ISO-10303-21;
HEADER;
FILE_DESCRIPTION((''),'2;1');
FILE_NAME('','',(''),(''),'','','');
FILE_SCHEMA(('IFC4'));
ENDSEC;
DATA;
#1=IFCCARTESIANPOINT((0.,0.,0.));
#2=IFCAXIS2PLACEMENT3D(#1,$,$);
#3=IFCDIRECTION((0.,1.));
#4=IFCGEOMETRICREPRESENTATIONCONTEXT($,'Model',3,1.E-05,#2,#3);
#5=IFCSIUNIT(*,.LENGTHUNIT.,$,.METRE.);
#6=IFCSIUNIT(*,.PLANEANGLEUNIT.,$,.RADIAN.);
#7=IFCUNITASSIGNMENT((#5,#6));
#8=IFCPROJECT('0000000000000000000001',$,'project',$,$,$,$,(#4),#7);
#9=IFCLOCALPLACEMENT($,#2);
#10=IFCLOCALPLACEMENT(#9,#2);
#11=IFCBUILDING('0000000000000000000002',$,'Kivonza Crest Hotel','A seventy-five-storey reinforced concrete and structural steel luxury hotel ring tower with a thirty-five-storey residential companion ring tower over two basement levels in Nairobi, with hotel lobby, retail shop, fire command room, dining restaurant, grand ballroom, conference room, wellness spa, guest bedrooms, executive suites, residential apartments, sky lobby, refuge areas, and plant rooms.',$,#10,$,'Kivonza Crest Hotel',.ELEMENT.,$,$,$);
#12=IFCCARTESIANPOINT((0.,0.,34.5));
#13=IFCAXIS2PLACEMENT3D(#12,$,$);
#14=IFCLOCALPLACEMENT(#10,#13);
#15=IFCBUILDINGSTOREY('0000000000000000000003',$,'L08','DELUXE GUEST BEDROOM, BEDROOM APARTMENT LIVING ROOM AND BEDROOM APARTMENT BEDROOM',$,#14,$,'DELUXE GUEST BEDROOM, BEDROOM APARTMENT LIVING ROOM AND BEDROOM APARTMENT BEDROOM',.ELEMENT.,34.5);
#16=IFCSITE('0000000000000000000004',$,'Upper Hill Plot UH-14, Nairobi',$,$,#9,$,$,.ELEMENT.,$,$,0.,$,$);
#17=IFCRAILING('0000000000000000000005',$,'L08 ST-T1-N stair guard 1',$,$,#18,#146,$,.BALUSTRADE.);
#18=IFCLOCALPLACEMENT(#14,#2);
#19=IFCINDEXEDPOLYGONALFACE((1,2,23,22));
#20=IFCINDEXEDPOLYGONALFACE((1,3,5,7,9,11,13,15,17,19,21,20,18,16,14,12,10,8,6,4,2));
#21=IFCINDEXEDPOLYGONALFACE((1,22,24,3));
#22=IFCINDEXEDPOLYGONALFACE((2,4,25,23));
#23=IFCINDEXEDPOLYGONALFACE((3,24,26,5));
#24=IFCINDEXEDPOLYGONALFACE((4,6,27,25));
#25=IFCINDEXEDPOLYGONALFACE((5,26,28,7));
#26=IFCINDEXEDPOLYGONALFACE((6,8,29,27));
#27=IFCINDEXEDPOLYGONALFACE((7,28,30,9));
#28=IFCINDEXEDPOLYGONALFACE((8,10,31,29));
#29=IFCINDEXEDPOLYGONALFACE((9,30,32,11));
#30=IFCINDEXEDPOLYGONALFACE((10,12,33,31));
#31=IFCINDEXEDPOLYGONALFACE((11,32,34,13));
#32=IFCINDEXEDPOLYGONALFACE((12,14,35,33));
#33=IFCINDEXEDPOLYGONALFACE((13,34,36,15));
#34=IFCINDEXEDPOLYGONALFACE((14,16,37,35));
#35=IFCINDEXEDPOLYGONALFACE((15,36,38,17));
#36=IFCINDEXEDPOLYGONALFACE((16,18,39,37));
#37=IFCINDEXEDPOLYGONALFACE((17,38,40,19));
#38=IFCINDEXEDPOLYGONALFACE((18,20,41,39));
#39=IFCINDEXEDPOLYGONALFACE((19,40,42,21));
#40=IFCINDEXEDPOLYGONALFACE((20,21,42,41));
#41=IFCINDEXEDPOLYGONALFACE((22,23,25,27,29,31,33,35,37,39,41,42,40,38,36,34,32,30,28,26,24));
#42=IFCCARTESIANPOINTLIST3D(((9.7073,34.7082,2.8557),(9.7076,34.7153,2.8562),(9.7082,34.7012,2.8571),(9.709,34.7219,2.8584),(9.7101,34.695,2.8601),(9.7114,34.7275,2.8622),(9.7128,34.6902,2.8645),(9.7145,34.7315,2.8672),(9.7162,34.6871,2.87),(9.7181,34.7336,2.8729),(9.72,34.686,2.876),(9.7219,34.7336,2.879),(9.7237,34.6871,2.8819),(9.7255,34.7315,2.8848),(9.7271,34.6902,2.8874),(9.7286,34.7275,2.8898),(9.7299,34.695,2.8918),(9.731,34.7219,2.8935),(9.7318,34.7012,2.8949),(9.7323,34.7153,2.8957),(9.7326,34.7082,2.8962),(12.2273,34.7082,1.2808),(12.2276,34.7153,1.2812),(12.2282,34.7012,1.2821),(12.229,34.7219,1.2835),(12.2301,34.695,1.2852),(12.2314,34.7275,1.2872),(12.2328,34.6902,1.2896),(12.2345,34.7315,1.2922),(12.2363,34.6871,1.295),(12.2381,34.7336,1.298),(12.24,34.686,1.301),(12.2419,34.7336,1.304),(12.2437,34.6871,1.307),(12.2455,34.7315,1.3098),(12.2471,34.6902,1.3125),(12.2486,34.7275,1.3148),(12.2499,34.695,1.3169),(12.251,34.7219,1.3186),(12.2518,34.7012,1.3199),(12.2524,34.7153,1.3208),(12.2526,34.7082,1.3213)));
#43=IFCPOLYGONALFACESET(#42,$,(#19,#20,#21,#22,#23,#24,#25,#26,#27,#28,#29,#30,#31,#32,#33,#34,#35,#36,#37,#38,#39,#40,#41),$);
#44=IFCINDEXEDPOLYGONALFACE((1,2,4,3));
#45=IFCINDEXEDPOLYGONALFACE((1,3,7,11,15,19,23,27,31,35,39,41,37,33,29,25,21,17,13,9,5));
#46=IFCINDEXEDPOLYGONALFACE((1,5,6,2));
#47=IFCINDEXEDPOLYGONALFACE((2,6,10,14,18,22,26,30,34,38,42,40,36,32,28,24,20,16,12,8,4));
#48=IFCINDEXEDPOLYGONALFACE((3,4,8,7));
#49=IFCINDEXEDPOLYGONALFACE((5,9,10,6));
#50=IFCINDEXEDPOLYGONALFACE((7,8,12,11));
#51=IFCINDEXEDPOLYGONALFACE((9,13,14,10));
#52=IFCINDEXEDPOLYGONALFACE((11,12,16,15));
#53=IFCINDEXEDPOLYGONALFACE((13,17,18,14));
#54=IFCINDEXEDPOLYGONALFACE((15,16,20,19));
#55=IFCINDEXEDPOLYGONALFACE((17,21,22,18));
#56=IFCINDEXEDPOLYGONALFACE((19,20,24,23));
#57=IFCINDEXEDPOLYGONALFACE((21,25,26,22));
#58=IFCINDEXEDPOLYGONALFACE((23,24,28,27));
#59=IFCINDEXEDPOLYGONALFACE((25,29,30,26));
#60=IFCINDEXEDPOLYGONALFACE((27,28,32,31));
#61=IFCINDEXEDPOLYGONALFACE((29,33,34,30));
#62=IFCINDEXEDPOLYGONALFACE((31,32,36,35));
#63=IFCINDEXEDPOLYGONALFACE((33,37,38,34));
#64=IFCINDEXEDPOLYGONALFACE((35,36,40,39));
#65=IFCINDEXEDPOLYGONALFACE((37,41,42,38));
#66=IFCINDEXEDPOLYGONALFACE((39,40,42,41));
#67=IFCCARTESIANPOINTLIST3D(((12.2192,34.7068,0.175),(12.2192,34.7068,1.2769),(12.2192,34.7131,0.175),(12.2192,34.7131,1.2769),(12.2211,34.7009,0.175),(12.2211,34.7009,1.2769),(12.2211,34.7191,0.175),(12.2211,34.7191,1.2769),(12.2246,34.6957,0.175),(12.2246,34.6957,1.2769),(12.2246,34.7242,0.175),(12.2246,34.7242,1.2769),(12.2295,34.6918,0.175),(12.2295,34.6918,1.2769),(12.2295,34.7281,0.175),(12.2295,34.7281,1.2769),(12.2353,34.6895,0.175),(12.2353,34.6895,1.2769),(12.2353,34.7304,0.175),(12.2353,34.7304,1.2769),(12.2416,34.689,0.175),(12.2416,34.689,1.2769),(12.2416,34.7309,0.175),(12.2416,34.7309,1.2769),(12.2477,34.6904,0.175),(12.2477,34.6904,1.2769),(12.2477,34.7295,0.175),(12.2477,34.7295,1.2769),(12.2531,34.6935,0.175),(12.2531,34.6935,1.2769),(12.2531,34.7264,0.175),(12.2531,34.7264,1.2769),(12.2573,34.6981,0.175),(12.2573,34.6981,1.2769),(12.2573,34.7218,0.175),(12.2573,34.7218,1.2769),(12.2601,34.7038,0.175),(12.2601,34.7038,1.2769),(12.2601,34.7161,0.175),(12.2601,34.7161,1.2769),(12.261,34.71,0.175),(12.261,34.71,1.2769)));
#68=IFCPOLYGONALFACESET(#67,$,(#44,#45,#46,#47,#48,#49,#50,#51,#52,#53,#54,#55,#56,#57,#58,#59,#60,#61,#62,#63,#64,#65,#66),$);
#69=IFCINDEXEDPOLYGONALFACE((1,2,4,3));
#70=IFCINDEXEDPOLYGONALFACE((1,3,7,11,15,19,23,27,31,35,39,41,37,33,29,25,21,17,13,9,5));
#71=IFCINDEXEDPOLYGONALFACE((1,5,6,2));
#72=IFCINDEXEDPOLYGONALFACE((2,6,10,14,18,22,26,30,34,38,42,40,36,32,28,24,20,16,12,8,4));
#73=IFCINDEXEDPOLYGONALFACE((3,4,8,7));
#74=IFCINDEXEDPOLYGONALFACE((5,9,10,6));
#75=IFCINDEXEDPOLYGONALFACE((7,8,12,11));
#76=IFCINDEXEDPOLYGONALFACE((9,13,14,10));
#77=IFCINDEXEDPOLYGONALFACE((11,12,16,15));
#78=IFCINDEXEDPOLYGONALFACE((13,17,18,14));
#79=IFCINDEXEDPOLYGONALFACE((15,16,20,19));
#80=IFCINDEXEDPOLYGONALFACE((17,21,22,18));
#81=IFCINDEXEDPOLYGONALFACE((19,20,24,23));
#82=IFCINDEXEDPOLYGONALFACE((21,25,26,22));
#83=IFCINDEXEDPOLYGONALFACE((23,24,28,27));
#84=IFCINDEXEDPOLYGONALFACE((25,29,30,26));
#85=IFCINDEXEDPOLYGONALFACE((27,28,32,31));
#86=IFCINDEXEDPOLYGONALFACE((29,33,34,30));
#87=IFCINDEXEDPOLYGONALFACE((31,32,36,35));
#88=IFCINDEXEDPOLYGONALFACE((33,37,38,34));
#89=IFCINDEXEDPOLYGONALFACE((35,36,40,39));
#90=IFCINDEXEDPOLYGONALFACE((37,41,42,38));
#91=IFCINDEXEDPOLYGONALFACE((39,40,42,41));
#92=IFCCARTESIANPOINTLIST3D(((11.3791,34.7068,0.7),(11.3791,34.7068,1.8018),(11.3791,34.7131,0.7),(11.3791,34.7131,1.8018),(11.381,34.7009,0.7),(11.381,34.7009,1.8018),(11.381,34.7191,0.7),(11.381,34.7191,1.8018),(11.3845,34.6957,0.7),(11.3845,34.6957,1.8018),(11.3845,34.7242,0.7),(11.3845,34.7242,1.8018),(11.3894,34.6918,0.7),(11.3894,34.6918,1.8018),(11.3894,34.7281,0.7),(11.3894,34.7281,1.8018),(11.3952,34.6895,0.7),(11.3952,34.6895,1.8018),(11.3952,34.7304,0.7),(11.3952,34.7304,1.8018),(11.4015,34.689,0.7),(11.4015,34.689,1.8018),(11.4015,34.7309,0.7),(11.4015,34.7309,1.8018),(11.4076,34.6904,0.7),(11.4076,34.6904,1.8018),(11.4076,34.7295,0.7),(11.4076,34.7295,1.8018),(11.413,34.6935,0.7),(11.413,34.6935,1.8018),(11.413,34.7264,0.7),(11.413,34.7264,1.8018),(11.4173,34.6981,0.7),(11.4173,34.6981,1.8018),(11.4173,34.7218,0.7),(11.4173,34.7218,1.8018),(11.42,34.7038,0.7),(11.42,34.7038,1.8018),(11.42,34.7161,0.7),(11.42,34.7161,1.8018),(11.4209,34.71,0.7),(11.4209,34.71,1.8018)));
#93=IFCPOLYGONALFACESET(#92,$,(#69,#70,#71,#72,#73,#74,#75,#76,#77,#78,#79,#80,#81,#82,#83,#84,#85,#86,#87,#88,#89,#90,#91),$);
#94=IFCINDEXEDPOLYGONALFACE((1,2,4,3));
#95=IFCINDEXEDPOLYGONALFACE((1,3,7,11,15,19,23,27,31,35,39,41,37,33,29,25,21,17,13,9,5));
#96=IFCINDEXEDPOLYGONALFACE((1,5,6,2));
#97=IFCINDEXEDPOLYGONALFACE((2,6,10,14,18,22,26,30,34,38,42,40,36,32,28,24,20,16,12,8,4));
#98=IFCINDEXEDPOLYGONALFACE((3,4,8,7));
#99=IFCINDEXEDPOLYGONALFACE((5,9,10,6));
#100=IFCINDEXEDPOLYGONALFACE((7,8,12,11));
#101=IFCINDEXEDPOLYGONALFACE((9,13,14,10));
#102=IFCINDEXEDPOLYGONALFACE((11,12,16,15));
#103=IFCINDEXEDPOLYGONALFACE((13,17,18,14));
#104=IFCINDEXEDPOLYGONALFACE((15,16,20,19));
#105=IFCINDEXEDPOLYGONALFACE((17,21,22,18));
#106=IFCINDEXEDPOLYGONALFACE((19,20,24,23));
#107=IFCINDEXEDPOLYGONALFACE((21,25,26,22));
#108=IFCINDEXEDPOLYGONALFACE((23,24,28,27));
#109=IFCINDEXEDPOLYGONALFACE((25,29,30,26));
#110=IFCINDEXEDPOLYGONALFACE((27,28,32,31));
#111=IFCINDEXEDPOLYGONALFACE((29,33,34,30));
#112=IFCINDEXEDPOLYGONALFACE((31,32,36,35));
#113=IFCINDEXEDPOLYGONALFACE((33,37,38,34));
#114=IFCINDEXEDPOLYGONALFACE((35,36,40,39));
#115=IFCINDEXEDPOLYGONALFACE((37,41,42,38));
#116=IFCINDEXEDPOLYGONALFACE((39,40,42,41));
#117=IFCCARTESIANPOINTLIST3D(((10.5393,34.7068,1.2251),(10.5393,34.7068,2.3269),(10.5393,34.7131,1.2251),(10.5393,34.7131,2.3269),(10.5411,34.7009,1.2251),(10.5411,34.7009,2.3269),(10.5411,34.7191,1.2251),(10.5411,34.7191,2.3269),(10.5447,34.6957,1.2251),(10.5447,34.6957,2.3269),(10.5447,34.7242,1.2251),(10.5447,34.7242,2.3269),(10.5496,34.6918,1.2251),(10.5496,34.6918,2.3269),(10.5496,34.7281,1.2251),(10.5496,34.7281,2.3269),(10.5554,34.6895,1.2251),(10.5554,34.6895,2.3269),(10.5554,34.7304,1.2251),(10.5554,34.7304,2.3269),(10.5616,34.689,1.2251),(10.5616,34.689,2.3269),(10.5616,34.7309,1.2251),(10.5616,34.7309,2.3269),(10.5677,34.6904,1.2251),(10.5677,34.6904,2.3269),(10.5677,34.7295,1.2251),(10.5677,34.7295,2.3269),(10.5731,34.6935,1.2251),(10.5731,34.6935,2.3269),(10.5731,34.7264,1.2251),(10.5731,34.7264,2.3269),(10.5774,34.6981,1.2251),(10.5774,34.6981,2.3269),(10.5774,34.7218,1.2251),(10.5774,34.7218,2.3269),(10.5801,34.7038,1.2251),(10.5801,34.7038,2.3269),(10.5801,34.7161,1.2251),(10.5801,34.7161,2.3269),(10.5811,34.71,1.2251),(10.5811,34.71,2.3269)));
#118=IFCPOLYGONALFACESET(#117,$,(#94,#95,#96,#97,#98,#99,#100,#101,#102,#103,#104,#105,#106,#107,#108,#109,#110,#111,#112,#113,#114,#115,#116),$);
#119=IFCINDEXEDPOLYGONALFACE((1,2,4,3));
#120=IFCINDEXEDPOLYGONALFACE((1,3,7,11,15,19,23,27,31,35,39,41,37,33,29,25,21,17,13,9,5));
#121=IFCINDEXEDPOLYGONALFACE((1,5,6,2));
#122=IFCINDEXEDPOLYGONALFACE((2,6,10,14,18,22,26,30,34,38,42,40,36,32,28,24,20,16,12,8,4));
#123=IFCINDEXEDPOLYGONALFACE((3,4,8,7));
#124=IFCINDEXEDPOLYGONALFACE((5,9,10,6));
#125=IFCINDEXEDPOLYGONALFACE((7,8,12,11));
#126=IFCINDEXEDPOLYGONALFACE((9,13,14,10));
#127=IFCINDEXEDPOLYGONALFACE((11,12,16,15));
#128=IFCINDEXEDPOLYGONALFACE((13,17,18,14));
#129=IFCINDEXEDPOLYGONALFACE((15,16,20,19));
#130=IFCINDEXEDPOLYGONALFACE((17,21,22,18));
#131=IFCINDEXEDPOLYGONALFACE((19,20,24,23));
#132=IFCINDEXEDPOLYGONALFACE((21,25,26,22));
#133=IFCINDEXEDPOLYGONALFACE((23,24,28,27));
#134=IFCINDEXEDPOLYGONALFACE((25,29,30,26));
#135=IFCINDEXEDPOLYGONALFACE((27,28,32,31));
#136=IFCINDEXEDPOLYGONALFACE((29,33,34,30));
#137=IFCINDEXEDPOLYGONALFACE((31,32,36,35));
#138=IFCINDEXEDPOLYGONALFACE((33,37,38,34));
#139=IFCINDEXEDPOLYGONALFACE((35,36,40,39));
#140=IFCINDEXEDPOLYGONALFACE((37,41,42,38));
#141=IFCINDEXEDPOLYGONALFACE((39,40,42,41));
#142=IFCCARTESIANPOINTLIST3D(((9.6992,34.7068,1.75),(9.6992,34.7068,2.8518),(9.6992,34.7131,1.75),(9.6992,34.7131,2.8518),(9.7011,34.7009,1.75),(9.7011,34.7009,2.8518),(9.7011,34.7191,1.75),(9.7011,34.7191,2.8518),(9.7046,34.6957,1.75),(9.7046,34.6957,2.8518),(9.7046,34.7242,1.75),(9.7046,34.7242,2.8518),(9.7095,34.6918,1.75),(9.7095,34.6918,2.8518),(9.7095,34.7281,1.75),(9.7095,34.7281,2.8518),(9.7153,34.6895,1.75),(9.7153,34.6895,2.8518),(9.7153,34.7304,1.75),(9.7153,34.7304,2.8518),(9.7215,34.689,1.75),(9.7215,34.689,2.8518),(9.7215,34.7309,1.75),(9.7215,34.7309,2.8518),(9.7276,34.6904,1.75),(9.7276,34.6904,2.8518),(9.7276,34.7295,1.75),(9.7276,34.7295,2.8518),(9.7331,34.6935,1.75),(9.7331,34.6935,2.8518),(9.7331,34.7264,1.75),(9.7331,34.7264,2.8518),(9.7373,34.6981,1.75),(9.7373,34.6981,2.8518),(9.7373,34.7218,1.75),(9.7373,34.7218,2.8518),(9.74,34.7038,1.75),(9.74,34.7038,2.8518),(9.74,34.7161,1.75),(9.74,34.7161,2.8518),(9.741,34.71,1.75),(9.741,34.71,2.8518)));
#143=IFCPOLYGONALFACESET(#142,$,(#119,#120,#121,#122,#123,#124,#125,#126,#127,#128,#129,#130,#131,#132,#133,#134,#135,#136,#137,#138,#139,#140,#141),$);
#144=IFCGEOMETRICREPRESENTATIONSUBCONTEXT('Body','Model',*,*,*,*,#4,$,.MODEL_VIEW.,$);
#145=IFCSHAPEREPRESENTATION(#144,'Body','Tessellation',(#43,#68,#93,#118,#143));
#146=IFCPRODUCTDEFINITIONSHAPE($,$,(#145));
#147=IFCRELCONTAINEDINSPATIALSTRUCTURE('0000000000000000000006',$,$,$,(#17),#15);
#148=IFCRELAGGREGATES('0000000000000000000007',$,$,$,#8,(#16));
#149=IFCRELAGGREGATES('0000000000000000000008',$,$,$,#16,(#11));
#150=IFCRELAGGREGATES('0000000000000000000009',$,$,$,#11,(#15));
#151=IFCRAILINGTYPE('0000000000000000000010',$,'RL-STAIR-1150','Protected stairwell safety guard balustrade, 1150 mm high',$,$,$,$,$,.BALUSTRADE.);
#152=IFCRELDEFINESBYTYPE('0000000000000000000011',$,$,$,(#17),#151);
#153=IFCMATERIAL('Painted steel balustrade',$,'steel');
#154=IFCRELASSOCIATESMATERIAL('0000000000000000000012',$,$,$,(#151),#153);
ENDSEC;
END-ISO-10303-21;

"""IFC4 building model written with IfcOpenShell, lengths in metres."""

from ifc_helpers import new_model, si_unit, direction, frame, origin, origin_2d, place, context, subcontext, project, spatial, circle, extrude, material, type_object, element, save


model = new_model("IFC4")

# Units and contexts
model_context = context("Model", 3, precision=1e-05, world=origin(), true_north=direction((0.0, 1.0)))
body_context = subcontext(model_context, "Body", "Model", "MODEL_VIEW")
ifc_project = project(units=[si_unit("LENGTHUNIT", "METRE"), si_unit("PLANEANGLEUNIT", "RADIAN")], contexts=[model_context])

# Site, building, storey
site_placement = place(None, origin())
site = spatial("IfcSite", under=ifc_project, at=site_placement, Name="Upper Hill Plot UH-14, Nairobi", CompositionType="ELEMENT", RefElevation=0.0)
building_placement = place(site_placement, origin())
building = spatial("IfcBuilding", under=site, at=building_placement, Name="Kivonza Crest Hotel", Description="A seventy-five-storey reinforced concrete and structural steel luxury hotel ring tower with a thirty-five-storey residential companion ring tower over two basement levels in Nairobi, with hotel lobby, retail shop, fire command room, dining restaurant, grand ballroom, conference room, wellness spa, guest bedrooms, executive suites, residential apartments, sky lobby, refuge areas, and plant rooms.", LongName="Kivonza Crest Hotel", CompositionType="ELEMENT")
storey_placement = place(building_placement, frame((0.0, 0.0, 34.5)))
storey = spatial("IfcBuildingStorey", under=building, at=storey_placement, Name="L08", Description="DELUXE GUEST BEDROOM, BEDROOM APARTMENT LIVING ROOM AND BEDROOM APARTMENT BEDROOM", LongName="DELUXE GUEST BEDROOM, BEDROOM APARTMENT LIVING ROOM AND BEDROOM APARTMENT BEDROOM", CompositionType="ELEMENT", Elevation=34.5)

# Railing
ifc_material_1 = material(Name="Painted steel balustrade", Category="steel")
railing_type_1 = type_object("IfcRailingType", Name="RL-STAIR-1150", Description="Protected stairwell safety guard balustrade, 1150 mm high", PredefinedType="BALUSTRADE", material=ifc_material_1)
railing_1_placement = place(storey_placement, frame((12.24, 34.71, 0.175)))
element("IfcRailing", 1, at=railing_1_placement, inside=storey, type_object=railing_type_1, Name="L08 ST-T1-N stair guard 1", PredefinedType="BALUSTRADE", context=body_context, shape_type="SweptSolid", body=[
    extrude(circle(Radius=0.0239, at=origin_2d()), frame((0.0, 0.0, 1.126), z_axis=(-0.848008, 0.0, 0.529984), x_axis=(0.0, -1.0, 0.0)), (0.0, 0.0, 1.0), 2.9717),
    extrude(circle(Radius=0.021, at=origin_2d()), origin(), (0.0, 0.0, 1.0), 1.1018),
    extrude(circle(Radius=0.021, at=origin_2d()), frame((-0.8401, 0.0, 0.5249)), (0.0, 0.0, 1.0), 1.1018),
    extrude(circle(Radius=0.021, at=origin_2d()), frame((-1.6799, 0.0, 1.05)), (0.0, 0.0, 1.0), 1.1018),
    extrude(circle(Radius=0.021, at=origin_2d()), frame((-2.52, 0.0, 1.575)), (0.0, 0.0, 1.0), 1.1018),
])

save(model, "model.ifc")
